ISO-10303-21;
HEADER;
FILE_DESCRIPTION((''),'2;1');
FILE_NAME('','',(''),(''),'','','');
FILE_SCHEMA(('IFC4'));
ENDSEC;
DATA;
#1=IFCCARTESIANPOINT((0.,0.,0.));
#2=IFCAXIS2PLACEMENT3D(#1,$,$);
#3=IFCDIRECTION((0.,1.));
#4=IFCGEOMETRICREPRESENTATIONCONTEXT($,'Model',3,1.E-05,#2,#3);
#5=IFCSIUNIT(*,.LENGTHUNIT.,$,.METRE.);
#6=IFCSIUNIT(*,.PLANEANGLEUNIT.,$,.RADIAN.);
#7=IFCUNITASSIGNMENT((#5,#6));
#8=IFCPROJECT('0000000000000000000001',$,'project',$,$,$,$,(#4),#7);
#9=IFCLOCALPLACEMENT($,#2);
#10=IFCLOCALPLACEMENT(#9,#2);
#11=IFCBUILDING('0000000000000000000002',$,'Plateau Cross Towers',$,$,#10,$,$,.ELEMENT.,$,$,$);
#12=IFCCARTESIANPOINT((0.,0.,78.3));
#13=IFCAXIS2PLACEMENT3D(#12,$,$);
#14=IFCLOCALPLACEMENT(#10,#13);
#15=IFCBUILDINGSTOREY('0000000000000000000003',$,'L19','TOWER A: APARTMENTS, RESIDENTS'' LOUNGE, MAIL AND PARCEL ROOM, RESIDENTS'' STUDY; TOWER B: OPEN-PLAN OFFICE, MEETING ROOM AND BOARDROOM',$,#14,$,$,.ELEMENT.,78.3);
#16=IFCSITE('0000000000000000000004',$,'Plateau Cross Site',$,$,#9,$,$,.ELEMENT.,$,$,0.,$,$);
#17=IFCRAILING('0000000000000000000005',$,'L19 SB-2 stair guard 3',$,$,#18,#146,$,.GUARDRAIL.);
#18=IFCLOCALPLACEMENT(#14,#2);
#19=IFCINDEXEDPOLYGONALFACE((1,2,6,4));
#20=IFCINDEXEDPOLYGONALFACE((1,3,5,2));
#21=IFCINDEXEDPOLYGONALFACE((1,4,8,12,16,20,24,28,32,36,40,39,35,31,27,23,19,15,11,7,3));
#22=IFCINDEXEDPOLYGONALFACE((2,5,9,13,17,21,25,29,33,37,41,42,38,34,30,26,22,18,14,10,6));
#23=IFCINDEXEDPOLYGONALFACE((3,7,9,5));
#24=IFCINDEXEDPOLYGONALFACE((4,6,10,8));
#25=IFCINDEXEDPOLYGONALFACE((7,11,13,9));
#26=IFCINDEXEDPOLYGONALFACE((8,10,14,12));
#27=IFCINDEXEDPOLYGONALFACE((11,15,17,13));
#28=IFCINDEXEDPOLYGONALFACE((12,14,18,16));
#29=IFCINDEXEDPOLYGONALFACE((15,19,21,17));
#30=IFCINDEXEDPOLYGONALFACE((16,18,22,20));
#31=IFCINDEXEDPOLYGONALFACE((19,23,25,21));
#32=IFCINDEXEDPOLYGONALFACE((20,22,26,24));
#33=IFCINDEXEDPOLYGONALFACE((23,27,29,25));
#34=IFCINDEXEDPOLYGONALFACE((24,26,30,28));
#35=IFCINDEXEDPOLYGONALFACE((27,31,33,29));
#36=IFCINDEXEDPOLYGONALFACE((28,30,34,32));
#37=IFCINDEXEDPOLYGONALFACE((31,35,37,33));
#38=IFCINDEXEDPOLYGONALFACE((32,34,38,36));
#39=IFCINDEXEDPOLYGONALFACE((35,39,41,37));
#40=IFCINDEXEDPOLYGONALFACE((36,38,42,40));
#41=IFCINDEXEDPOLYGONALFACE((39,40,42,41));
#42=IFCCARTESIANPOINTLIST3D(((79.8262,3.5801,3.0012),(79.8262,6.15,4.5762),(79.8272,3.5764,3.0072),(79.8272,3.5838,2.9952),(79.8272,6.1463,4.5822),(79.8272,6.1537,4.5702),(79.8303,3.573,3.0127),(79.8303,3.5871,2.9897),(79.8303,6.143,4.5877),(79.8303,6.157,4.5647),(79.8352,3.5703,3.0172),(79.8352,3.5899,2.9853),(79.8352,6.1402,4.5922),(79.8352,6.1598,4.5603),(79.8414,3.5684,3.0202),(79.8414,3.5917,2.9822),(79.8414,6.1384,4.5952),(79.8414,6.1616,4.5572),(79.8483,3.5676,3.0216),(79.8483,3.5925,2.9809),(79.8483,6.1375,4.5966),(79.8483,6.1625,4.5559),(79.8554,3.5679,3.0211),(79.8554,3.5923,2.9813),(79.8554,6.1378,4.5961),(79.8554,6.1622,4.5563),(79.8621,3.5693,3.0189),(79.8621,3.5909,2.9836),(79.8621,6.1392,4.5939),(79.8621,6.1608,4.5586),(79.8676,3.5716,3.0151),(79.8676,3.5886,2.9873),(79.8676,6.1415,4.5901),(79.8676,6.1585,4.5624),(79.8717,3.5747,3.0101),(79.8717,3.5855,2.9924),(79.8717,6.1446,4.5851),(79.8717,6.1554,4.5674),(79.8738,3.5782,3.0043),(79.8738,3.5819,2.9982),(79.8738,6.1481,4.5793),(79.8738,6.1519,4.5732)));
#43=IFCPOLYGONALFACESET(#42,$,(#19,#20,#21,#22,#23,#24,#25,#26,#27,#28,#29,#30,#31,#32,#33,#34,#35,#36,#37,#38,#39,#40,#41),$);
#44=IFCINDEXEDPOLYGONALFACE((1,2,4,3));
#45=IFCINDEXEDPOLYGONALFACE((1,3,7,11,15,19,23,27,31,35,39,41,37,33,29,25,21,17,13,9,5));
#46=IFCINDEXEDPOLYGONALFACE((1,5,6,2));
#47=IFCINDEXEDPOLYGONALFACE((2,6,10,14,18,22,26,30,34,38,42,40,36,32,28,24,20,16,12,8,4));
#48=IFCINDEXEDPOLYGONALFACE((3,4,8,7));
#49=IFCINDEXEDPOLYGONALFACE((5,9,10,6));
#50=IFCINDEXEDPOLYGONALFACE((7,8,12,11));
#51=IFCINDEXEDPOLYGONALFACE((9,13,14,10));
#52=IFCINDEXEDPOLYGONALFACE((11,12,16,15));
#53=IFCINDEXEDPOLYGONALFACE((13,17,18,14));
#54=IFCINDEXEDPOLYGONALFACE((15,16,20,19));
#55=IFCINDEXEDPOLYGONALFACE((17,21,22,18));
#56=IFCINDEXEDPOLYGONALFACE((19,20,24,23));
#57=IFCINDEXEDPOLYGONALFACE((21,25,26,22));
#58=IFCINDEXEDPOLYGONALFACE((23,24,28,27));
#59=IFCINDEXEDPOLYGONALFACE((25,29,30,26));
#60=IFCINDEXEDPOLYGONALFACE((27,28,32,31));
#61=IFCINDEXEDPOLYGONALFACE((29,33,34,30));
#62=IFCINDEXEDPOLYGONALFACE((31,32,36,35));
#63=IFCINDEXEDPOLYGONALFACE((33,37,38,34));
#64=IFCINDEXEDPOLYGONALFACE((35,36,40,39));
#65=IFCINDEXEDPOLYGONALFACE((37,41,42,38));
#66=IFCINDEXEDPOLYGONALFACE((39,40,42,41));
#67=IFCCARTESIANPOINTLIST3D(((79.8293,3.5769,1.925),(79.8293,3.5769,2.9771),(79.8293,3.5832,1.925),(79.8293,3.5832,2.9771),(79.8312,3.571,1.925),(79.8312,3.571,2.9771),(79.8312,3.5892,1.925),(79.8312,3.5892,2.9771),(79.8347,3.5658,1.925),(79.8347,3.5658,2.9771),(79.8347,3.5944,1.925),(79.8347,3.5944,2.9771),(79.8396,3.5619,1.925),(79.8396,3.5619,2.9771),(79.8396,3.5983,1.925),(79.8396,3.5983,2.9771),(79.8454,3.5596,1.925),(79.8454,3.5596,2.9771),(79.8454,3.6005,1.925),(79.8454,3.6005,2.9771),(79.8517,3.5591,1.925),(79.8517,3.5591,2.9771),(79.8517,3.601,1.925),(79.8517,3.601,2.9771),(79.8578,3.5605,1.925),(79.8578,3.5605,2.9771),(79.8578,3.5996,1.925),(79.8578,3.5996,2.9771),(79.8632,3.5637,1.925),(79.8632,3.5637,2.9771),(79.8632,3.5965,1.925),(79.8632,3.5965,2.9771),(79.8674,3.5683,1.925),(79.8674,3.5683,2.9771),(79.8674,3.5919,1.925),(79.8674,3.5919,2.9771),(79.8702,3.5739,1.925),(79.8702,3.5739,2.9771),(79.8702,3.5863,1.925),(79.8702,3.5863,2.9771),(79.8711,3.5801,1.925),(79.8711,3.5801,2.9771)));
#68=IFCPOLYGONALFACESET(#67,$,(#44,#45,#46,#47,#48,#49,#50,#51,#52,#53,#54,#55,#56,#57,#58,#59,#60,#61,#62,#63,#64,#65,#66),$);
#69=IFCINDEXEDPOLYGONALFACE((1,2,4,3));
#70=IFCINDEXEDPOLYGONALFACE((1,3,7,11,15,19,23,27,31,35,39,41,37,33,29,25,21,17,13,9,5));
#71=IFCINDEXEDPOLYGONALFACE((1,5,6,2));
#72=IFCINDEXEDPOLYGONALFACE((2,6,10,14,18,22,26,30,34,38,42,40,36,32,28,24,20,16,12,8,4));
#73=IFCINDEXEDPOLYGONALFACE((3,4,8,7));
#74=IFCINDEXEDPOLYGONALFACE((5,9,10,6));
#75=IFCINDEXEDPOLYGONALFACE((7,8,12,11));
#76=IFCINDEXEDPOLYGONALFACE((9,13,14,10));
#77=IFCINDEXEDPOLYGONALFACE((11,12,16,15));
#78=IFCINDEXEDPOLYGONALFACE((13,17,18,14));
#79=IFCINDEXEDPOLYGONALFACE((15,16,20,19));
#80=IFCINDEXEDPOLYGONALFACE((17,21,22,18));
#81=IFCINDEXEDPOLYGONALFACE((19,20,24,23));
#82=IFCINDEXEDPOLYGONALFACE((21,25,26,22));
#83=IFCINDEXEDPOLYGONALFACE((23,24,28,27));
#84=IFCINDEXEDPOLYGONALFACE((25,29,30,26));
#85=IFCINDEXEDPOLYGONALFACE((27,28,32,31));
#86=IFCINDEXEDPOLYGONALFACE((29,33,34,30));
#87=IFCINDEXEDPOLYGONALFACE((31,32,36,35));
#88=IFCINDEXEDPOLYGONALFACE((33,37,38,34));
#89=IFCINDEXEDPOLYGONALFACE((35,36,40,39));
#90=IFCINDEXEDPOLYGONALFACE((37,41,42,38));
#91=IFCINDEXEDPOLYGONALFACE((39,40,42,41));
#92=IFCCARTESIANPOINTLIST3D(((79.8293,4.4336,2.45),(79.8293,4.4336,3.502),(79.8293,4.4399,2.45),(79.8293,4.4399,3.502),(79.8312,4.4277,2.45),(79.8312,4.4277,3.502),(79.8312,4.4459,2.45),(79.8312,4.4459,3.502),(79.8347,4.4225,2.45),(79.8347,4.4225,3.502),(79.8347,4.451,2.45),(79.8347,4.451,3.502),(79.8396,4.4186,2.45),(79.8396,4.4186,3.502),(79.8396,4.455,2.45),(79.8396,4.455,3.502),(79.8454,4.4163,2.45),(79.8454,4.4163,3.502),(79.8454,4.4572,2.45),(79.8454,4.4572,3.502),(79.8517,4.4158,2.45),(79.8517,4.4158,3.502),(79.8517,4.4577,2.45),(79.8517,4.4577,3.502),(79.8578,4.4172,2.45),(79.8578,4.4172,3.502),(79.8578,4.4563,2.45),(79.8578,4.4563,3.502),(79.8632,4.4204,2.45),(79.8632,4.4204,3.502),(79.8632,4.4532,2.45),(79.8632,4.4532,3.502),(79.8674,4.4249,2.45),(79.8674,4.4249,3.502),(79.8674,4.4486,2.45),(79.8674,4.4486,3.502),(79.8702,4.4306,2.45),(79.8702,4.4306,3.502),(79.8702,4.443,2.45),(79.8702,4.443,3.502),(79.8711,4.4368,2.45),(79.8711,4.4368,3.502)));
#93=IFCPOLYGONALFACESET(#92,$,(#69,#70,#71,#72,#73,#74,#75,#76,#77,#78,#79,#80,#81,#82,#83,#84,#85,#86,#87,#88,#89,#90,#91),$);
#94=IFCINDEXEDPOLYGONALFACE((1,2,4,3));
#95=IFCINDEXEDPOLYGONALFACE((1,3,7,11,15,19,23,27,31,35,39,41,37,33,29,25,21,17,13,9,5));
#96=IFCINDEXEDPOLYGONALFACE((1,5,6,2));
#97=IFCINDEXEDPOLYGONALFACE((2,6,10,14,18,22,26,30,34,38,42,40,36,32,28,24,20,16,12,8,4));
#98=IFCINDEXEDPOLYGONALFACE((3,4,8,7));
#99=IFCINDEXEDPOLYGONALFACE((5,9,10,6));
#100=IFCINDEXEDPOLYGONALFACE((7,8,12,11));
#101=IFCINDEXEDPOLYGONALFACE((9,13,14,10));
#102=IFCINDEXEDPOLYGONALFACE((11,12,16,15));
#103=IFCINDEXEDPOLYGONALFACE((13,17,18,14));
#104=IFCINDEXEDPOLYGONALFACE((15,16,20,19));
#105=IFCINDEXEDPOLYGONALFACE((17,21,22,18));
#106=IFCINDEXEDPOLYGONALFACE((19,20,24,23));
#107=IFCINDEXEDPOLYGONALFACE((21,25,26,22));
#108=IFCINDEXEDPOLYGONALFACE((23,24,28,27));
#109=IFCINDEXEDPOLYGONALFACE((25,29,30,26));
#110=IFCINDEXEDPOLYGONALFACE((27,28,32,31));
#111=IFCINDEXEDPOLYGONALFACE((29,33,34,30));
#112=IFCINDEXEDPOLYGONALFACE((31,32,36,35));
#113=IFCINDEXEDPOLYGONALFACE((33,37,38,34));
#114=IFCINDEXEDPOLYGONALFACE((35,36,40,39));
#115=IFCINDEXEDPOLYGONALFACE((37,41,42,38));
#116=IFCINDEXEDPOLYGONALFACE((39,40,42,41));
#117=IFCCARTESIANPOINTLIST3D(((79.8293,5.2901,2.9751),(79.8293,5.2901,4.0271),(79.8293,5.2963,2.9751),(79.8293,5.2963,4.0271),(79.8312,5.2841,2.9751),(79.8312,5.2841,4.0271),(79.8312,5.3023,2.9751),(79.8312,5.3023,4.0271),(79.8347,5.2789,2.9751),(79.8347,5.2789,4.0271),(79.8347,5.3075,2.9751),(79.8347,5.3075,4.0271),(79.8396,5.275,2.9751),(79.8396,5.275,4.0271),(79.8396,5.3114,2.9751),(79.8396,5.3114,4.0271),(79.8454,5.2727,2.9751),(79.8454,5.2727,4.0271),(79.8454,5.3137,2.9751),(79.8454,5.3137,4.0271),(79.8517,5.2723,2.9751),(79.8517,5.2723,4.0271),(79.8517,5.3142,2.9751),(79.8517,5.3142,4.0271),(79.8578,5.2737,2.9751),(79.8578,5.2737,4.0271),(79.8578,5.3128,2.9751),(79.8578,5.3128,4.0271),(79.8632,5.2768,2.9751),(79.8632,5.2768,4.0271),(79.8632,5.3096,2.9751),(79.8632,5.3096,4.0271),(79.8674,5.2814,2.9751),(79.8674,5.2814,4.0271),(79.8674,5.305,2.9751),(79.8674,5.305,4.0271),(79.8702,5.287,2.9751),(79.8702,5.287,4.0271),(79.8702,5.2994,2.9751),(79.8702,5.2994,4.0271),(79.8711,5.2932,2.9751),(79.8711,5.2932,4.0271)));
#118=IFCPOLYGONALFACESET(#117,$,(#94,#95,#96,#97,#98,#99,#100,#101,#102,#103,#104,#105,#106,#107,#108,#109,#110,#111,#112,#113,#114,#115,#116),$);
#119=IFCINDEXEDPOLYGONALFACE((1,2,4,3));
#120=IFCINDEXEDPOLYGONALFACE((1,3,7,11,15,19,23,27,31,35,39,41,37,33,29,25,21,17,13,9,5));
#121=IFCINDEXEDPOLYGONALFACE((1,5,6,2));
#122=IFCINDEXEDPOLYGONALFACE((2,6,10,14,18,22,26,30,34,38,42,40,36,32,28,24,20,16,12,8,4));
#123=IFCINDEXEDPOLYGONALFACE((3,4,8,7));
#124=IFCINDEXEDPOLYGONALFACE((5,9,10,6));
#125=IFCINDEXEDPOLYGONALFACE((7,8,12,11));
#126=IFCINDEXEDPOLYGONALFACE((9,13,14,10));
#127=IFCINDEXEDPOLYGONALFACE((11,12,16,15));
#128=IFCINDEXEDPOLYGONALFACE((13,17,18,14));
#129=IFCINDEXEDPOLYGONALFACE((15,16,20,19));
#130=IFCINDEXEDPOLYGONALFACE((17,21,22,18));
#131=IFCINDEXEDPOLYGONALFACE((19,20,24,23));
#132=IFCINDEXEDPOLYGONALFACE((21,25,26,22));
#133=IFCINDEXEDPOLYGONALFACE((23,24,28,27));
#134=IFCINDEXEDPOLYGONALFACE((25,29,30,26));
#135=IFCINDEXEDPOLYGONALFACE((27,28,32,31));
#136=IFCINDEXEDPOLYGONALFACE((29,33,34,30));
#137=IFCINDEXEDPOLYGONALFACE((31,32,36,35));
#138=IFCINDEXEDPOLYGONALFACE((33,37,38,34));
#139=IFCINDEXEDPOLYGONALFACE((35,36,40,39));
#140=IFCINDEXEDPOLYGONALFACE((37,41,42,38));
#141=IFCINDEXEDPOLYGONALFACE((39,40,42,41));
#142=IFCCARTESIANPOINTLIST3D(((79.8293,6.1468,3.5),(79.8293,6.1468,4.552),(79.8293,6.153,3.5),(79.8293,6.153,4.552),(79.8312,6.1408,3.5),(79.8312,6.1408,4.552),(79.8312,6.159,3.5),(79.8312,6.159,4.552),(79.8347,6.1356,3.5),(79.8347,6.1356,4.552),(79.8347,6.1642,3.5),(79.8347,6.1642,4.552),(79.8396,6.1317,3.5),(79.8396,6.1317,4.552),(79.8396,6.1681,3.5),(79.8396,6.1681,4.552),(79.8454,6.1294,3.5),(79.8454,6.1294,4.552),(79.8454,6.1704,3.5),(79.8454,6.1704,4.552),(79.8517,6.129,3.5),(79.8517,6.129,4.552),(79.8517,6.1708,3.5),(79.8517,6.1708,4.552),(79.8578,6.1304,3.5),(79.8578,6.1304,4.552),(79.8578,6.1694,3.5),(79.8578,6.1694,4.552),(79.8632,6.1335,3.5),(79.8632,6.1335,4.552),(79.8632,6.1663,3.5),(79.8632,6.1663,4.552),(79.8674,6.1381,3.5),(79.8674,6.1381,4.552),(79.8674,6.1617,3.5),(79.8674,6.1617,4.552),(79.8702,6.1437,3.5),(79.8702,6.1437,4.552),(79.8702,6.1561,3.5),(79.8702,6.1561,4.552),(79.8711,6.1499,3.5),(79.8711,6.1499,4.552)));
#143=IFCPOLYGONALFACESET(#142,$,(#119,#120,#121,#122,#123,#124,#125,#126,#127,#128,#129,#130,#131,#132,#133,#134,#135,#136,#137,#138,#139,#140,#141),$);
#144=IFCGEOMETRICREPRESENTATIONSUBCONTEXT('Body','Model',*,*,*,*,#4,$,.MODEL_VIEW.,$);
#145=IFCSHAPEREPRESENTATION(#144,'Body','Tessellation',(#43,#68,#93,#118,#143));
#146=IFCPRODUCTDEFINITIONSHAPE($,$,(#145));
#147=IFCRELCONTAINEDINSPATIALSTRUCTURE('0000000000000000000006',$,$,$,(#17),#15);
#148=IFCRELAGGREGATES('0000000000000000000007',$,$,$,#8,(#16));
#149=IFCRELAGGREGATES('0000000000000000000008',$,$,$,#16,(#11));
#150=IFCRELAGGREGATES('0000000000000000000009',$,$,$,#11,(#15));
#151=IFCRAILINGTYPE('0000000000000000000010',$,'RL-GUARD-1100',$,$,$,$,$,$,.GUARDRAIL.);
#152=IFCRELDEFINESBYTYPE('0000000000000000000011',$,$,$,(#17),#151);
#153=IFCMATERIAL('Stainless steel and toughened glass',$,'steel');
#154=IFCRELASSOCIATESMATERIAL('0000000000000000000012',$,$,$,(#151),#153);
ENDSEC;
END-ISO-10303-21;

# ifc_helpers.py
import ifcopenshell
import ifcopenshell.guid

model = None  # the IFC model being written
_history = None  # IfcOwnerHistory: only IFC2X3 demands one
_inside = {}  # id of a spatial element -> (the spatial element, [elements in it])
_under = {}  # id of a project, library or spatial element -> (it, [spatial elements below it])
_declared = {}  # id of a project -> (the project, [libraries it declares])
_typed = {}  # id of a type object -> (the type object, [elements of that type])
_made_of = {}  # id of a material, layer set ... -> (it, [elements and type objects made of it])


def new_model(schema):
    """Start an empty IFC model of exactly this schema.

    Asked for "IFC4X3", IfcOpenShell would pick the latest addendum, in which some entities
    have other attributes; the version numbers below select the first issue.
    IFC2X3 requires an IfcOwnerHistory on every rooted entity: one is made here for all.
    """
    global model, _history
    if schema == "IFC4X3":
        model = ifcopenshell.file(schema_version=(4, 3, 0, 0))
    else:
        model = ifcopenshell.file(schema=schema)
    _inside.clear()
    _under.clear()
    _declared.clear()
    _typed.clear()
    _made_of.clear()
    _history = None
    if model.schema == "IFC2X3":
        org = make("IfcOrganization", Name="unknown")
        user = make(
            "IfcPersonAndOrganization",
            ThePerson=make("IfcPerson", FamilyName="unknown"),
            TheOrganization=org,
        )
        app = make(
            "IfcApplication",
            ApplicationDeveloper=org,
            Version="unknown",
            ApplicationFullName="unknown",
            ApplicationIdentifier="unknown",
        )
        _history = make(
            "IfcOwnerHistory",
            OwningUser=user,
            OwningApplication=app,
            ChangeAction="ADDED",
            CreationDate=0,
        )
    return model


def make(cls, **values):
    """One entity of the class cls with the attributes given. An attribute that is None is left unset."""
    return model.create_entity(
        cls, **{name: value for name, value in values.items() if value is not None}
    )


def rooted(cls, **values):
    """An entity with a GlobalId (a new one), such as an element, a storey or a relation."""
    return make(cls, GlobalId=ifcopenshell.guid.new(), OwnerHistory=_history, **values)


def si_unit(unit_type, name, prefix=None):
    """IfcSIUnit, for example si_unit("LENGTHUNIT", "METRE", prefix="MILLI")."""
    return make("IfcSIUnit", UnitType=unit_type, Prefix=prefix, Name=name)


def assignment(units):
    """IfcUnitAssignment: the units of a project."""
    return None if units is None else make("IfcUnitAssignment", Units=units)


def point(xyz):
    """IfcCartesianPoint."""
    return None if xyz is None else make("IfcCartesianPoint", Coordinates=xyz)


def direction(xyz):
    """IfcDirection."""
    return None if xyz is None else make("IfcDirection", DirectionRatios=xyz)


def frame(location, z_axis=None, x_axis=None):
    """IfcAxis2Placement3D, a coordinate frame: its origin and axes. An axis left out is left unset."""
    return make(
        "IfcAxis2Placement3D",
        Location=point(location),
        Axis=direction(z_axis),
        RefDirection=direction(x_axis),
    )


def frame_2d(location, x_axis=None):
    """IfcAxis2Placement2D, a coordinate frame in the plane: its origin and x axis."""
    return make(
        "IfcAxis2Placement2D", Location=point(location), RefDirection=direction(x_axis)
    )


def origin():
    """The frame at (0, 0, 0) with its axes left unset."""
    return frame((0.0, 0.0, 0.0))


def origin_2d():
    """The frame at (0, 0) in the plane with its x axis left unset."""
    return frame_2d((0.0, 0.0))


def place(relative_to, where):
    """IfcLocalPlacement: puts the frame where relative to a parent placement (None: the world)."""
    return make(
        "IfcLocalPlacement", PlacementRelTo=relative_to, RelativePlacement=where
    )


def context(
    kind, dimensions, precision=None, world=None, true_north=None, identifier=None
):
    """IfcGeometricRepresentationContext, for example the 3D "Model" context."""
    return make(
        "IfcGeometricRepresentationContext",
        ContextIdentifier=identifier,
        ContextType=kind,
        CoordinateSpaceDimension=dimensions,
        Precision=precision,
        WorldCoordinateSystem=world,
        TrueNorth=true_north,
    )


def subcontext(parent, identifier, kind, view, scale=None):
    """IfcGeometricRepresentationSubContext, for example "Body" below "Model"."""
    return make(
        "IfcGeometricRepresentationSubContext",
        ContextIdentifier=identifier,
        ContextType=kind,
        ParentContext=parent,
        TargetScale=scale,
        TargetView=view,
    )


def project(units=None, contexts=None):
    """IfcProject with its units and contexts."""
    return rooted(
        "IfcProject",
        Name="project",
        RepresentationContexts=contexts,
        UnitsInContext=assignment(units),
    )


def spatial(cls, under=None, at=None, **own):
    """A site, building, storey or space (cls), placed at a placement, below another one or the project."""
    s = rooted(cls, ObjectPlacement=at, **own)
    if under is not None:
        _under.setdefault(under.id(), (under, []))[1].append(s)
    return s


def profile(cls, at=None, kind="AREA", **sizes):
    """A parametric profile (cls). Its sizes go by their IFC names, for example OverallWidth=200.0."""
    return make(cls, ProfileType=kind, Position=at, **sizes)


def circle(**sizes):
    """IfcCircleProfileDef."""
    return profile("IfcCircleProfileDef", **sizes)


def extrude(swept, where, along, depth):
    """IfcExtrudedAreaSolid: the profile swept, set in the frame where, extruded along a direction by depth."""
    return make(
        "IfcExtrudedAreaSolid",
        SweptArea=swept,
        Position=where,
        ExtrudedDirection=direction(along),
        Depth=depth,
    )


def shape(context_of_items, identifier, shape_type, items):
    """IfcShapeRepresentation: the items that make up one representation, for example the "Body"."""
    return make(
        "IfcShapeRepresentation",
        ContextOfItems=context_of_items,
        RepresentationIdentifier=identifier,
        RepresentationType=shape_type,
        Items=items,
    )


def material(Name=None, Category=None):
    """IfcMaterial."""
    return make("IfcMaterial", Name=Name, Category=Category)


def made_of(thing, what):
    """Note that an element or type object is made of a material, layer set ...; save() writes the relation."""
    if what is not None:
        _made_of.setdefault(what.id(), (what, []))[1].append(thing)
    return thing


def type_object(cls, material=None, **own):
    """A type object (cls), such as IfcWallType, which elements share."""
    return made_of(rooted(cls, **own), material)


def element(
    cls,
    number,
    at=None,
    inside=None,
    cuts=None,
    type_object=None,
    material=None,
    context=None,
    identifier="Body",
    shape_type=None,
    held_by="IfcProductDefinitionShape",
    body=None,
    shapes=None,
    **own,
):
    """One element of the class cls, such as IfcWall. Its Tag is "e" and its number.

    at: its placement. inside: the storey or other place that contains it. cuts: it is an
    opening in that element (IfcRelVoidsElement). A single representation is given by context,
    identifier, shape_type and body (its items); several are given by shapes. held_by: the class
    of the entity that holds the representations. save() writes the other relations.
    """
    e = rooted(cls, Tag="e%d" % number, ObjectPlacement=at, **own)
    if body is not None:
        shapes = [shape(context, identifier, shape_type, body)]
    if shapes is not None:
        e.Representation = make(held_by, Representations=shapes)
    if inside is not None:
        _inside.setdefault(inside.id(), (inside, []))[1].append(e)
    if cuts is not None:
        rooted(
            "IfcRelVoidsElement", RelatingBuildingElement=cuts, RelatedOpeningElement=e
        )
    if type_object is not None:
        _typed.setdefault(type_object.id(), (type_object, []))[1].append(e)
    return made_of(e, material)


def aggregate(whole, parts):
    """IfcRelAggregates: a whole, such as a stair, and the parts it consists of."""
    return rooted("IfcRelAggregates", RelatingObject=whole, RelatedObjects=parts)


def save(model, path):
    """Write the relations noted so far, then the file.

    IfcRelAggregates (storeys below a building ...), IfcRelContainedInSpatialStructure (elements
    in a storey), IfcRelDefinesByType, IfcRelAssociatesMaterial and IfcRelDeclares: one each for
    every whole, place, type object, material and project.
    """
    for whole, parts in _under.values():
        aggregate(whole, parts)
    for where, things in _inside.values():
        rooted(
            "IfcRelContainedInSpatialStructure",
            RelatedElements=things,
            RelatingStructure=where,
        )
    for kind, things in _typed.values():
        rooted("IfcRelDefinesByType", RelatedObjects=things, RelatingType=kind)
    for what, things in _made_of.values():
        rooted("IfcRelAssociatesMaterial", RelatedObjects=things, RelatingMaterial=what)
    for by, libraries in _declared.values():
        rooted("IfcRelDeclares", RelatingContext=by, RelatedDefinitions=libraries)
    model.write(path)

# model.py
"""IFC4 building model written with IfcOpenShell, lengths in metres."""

from ifc_helpers import new_model, si_unit, direction, frame, origin, origin_2d, place, context, subcontext, project, spatial, circle, extrude, material, type_object, element, save


model = new_model("IFC4")

# Units and contexts
model_context = context("Model", 3, precision=1e-05, world=origin(), true_north=direction((0.0, 1.0)))
body_context = subcontext(model_context, "Body", "Model", "MODEL_VIEW")
ifc_project = project(units=[si_unit("LENGTHUNIT", "METRE"), si_unit("PLANEANGLEUNIT", "RADIAN")], contexts=[model_context])

# Site, building, storey
site_placement = place(None, origin())
site = spatial("IfcSite", under=ifc_project, at=site_placement, Name="Plateau Cross Site", CompositionType="ELEMENT", RefElevation=0.0)
building_placement = place(site_placement, origin())
building = spatial("IfcBuilding", under=site, at=building_placement, Name="Plateau Cross Towers", CompositionType="ELEMENT")
storey_placement = place(building_placement, frame((0.0, 0.0, 78.3)))
storey = spatial("IfcBuildingStorey", under=building, at=storey_placement, Name="L19", Description="TOWER A: APARTMENTS, RESIDENTS' LOUNGE, MAIL AND PARCEL ROOM, RESIDENTS' STUDY; TOWER B: OPEN-PLAN OFFICE, MEETING ROOM AND BOARDROOM", CompositionType="ELEMENT", Elevation=78.3)

# Railing
ifc_material_1 = material(Name="Stainless steel and toughened glass", Category="steel")
railing_type_1 = type_object("IfcRailingType", Name="RL-GUARD-1100", PredefinedType="GUARDRAIL", material=ifc_material_1)
railing_1_placement = place(storey_placement, frame((79.8501, 3.5801, 1.925)))
element("IfcRailing", 1, at=railing_1_placement, inside=storey, type_object=railing_type_1, Name="L19 SB-2 stair guard 3", PredefinedType="GUARDRAIL", context=body_context, shape_type="SweptSolid", body=[
    extrude(circle(Radius=0.0239, at=origin_2d()), frame((0.0, 0.0, 1.0762), z_axis=(0.0, 0.852616, 0.522537), x_axis=(-1.0, 0.0, 0.0)), (0.0, 0.0, 1.0), 3.0142),
    extrude(circle(Radius=0.021, at=origin_2d()), origin(), (0.0, 0.0, 1.0), 1.052),
    extrude(circle(Radius=0.021, at=origin_2d()), frame((0.0, 0.8567, 0.5249)), (0.0, 0.0, 1.0), 1.052),
    extrude(circle(Radius=0.021, at=origin_2d()), frame((0.0, 1.7131, 1.05)), (0.0, 0.0, 1.0), 1.052),
    extrude(circle(Radius=0.021, at=origin_2d()), frame((0.0, 2.5698, 1.575)), (0.0, 0.0, 1.0), 1.052),
])

save(model, "model.ifc")
